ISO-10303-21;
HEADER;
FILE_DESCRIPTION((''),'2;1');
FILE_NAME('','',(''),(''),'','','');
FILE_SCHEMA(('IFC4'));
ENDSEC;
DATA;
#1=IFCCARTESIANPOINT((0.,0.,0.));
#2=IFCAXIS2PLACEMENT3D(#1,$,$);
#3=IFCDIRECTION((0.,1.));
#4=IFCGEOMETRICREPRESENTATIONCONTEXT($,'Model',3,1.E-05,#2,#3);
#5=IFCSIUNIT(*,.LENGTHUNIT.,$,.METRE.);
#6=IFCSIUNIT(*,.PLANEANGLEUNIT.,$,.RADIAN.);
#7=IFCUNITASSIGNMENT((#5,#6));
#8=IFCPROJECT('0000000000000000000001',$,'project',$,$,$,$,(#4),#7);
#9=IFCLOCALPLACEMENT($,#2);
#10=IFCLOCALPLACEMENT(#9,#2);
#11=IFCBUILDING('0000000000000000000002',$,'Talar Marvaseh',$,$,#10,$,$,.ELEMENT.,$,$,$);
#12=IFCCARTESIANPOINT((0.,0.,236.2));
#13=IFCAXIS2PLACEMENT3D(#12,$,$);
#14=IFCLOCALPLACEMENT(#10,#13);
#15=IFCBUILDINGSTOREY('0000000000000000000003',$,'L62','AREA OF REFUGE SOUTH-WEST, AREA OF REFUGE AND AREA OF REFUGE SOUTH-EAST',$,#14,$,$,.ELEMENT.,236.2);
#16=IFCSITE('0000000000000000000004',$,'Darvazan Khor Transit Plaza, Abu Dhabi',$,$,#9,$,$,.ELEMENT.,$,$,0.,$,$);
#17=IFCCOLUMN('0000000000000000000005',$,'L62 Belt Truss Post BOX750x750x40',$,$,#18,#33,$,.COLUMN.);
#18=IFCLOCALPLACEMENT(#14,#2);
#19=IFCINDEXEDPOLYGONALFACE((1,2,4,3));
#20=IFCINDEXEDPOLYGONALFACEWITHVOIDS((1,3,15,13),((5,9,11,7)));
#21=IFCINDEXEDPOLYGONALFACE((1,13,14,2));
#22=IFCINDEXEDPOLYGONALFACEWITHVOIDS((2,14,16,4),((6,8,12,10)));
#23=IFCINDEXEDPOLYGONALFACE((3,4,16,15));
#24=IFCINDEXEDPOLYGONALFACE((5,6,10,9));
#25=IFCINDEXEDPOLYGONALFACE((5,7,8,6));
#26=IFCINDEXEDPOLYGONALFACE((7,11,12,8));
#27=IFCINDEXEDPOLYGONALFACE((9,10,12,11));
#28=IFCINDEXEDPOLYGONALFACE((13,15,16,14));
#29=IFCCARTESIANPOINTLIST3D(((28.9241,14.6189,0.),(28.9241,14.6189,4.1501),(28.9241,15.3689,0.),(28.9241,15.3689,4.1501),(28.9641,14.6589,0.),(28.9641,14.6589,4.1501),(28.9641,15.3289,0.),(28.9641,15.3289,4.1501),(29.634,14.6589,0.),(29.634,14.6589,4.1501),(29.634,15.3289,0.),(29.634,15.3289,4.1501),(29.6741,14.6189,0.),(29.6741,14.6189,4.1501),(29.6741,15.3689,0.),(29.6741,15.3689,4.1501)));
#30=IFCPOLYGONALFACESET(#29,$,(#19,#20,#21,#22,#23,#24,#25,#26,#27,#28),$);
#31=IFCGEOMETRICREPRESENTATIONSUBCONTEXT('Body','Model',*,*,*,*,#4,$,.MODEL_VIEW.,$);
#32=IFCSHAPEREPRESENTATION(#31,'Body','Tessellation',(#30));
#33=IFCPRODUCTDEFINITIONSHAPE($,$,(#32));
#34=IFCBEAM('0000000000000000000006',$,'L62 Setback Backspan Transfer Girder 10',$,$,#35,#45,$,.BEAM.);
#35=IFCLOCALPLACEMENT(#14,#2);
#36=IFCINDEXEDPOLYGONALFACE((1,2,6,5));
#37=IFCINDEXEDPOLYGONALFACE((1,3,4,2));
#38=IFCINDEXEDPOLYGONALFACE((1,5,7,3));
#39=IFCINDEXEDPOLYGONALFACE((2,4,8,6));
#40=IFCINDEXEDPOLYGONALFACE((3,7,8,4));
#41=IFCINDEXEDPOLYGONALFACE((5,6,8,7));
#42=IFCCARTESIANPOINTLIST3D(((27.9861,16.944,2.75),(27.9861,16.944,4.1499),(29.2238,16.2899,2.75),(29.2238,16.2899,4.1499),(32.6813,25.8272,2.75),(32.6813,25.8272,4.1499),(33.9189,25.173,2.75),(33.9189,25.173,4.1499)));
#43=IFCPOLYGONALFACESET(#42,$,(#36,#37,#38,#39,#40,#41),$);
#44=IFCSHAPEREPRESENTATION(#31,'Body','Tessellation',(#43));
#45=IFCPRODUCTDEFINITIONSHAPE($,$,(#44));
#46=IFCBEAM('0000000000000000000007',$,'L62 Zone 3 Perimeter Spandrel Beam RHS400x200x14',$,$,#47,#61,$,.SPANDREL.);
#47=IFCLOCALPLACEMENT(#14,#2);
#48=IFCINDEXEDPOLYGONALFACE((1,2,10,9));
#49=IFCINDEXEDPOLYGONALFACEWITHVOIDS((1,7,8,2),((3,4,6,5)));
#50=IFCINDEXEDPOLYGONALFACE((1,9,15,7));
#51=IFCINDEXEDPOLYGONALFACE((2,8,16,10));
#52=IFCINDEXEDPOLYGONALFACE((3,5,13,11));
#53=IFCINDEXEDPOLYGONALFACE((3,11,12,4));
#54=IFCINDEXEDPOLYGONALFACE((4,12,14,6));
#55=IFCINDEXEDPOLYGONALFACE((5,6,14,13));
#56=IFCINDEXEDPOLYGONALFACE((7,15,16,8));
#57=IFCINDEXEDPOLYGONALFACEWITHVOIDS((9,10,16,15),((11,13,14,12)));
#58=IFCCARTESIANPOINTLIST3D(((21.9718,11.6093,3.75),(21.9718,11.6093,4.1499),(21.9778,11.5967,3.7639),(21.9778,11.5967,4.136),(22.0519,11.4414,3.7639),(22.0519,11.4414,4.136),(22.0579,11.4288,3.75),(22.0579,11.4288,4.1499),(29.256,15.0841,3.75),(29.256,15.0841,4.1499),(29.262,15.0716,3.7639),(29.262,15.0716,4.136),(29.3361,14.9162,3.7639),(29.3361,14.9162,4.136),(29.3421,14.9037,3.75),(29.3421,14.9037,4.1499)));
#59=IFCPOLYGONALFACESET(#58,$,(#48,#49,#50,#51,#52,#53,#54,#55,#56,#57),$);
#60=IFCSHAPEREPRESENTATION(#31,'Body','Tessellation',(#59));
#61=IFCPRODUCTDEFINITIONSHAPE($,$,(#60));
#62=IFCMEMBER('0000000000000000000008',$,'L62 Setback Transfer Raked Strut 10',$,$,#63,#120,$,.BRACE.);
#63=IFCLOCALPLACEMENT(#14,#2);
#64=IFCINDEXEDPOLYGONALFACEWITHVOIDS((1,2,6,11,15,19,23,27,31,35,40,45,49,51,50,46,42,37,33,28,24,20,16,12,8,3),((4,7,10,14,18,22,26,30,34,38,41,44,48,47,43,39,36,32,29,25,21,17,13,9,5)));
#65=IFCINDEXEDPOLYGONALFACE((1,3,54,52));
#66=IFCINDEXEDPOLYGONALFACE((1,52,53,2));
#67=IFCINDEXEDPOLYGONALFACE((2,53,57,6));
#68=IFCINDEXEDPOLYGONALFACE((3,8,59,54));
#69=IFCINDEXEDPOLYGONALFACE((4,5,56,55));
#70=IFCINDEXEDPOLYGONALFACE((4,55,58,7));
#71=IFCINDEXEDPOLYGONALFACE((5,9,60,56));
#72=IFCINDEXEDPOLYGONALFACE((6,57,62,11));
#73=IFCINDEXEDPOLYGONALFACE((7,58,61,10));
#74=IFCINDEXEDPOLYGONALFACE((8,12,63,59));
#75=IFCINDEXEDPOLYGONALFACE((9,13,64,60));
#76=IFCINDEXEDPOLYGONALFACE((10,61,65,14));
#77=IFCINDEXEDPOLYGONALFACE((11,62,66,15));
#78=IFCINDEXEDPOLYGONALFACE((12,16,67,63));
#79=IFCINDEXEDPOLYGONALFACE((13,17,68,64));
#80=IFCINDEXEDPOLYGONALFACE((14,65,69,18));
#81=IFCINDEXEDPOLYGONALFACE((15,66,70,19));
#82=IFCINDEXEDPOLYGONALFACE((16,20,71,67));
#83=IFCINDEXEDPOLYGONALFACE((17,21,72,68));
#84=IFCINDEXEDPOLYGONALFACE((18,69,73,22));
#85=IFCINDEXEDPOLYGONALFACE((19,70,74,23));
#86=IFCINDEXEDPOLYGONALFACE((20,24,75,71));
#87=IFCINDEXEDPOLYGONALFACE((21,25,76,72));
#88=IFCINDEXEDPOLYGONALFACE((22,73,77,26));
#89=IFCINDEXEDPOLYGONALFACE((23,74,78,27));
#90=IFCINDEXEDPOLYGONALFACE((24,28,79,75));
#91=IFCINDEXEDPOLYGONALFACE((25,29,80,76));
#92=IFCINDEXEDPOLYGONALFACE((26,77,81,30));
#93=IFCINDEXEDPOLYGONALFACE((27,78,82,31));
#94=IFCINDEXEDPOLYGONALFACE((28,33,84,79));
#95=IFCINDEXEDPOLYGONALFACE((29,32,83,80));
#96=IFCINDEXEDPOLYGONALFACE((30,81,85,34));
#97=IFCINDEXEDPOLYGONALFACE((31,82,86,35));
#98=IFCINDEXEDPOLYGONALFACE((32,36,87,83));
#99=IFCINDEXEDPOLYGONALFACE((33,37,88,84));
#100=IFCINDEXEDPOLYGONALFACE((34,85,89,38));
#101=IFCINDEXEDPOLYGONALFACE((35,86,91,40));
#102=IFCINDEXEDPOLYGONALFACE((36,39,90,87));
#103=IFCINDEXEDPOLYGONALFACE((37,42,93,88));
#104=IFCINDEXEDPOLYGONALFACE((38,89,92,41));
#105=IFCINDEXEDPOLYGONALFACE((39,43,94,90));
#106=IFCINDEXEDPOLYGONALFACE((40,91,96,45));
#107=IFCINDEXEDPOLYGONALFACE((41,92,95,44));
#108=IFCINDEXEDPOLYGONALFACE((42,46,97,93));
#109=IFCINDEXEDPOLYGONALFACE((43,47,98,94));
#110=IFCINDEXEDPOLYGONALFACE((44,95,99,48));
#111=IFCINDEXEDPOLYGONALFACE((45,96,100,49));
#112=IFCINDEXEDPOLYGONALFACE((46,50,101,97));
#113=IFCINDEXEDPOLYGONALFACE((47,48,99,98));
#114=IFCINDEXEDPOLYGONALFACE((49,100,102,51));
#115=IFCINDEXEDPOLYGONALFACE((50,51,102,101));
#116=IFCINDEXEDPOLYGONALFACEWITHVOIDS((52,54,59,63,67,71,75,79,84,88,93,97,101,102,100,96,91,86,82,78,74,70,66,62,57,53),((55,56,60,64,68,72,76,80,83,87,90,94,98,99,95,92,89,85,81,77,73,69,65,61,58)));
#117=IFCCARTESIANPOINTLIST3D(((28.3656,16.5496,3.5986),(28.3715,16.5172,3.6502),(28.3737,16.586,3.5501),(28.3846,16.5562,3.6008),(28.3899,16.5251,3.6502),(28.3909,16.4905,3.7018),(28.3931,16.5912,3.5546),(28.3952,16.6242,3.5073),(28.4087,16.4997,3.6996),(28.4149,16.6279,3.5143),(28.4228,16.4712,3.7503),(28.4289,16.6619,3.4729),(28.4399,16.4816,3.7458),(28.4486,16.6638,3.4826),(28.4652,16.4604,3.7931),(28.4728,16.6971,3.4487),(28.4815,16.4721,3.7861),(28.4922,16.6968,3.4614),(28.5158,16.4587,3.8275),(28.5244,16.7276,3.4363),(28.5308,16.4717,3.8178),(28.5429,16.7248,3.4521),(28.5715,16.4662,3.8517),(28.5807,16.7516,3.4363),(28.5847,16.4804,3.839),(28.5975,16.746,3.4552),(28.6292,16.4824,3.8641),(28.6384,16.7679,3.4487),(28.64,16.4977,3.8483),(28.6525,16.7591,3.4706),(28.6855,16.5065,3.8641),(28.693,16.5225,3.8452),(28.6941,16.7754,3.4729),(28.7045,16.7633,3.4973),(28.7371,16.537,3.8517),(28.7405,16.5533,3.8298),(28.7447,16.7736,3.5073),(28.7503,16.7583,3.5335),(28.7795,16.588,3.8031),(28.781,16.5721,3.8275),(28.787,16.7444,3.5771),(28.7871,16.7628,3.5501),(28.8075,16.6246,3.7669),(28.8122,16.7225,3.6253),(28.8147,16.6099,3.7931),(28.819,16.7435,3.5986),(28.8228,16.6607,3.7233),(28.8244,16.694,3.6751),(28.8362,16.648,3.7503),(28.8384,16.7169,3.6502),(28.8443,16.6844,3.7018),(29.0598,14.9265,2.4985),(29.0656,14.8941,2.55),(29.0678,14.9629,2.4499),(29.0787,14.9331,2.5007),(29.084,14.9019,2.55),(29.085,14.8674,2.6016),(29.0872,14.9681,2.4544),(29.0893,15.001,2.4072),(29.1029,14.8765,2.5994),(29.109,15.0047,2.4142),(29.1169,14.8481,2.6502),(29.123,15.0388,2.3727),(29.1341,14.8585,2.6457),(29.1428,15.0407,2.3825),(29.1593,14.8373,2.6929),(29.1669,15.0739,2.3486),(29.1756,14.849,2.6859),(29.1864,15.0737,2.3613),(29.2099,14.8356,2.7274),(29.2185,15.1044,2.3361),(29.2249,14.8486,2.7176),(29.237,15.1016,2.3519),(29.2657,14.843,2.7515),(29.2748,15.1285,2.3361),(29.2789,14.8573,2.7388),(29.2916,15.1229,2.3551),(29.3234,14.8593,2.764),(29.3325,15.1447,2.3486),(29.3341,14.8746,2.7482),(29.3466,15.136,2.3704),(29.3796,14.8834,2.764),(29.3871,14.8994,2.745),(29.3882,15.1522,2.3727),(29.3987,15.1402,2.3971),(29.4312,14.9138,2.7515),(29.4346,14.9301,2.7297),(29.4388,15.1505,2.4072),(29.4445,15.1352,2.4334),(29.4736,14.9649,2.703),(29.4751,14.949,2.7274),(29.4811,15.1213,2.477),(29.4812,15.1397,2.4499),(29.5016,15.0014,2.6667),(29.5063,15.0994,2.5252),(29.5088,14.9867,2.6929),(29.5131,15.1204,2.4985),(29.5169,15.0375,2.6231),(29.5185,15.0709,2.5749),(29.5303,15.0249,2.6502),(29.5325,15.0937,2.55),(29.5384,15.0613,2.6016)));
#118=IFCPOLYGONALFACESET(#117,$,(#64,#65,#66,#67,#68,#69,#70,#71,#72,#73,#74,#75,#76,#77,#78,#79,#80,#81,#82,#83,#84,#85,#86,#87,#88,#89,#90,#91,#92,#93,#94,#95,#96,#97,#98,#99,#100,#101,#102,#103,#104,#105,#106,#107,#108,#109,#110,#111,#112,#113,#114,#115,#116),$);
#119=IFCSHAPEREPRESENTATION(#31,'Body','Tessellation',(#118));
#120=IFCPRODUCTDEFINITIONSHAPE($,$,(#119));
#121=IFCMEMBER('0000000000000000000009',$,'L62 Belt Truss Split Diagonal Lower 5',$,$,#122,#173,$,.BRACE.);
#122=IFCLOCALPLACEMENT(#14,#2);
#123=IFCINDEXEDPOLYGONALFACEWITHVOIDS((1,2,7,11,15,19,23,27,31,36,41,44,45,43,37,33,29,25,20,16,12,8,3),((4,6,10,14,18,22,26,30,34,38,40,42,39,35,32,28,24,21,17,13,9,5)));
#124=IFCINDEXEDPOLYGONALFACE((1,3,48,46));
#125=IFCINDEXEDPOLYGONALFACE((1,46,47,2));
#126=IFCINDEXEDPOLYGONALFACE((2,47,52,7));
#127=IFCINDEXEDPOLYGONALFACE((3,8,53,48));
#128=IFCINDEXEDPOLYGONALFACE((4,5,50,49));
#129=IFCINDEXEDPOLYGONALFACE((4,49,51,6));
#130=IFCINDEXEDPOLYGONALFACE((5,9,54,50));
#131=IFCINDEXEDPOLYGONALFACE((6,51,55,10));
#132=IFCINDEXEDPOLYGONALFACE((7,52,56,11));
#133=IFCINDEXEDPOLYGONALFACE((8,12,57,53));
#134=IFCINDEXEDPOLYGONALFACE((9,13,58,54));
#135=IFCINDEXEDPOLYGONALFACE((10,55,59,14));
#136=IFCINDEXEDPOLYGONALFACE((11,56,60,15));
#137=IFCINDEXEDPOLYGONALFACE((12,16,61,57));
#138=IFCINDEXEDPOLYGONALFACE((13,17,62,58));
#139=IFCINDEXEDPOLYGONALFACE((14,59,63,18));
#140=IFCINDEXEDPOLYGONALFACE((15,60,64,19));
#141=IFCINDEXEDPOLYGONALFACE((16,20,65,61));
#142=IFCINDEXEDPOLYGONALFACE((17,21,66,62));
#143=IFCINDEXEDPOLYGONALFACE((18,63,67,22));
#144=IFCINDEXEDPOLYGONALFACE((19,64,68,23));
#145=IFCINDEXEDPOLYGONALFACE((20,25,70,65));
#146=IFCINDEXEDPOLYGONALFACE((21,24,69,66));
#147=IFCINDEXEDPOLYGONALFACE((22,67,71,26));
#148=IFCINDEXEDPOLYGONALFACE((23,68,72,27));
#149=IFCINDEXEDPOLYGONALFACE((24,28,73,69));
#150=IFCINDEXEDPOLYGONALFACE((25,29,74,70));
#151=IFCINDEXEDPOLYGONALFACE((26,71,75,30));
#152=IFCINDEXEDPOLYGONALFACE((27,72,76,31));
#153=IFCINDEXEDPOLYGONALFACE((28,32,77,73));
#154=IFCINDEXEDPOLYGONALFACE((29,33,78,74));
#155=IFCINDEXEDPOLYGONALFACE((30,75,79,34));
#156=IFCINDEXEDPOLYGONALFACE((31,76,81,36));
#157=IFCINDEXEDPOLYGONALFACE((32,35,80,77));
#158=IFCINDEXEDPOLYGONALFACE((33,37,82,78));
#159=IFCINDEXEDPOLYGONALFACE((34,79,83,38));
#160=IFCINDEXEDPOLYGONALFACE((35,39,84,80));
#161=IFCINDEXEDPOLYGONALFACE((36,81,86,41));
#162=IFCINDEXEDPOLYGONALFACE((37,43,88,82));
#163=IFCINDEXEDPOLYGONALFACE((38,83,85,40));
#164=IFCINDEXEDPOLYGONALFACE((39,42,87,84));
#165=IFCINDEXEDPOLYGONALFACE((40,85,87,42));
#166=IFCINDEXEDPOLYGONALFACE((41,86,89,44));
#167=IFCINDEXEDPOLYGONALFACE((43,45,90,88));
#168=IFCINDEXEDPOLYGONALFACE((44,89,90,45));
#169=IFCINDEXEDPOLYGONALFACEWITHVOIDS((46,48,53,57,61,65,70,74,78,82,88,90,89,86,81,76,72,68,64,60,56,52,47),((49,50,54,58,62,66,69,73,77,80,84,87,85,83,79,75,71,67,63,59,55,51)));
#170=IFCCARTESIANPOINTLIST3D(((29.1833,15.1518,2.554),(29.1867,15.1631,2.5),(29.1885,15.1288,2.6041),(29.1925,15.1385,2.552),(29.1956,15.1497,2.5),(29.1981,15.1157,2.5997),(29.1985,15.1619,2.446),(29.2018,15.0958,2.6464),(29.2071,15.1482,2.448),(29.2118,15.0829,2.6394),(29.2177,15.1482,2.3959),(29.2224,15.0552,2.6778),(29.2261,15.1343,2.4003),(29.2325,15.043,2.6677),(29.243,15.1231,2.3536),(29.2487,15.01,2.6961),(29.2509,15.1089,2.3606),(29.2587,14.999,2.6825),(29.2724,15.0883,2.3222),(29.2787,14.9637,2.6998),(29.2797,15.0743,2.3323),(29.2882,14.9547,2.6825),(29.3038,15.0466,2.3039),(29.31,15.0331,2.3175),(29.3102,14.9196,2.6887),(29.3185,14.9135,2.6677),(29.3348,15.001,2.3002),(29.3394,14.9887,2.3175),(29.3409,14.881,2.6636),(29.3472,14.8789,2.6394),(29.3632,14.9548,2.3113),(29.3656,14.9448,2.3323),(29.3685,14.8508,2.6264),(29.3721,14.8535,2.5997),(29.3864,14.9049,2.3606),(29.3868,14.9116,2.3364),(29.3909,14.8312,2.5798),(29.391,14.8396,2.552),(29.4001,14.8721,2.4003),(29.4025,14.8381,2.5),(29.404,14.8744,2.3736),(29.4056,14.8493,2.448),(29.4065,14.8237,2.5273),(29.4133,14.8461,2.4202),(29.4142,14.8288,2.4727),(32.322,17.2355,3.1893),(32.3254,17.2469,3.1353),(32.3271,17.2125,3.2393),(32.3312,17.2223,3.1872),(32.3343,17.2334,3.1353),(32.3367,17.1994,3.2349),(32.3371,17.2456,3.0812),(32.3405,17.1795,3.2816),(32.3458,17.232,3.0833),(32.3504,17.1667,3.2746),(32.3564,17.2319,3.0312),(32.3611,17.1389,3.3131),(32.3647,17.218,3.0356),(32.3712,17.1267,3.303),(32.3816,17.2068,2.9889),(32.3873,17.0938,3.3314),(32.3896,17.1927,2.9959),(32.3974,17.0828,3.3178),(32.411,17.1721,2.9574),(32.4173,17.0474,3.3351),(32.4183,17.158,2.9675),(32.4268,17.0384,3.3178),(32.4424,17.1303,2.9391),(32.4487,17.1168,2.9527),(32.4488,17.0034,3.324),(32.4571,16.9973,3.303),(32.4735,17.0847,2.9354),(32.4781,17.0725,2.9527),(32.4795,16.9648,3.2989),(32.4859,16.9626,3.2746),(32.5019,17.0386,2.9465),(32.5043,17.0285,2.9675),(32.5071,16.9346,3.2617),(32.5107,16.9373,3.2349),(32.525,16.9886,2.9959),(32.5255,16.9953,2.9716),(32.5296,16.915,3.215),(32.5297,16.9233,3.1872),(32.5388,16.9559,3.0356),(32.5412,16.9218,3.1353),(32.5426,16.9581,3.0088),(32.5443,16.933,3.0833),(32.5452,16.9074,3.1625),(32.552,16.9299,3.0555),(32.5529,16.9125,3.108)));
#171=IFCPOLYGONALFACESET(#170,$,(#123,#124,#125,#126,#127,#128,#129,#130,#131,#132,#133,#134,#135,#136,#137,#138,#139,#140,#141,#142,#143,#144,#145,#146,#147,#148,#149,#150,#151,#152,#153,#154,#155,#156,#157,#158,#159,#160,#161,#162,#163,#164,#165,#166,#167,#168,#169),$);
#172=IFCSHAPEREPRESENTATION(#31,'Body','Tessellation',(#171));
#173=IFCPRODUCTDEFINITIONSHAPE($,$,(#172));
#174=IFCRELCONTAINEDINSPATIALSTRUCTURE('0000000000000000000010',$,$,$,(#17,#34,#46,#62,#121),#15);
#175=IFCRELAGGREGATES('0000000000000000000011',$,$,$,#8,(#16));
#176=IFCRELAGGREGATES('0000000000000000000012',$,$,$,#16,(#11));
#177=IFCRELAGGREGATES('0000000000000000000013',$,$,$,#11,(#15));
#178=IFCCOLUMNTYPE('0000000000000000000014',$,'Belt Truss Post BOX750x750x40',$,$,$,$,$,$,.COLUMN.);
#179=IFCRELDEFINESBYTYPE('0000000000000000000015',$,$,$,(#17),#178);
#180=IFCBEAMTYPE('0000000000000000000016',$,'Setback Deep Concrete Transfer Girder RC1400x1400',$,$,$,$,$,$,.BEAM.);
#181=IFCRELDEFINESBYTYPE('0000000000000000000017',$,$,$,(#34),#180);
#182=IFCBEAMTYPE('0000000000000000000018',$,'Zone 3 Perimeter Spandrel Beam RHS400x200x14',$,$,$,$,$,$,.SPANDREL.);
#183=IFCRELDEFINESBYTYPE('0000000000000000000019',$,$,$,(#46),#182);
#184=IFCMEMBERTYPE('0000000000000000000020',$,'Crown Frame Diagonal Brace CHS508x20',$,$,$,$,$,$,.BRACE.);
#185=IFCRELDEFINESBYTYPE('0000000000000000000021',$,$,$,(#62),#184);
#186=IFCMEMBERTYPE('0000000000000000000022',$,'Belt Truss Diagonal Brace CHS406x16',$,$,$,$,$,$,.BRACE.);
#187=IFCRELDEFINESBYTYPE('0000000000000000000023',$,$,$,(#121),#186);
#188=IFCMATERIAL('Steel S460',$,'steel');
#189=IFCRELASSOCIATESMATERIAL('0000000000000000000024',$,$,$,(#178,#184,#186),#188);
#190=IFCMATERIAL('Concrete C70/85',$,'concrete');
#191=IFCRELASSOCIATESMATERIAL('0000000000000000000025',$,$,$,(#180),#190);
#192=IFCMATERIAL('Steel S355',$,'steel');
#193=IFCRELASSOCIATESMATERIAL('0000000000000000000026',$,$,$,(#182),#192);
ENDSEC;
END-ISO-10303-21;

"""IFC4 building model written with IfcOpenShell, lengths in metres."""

from ifc_helpers import new_model, si_unit, direction, frame, origin, origin_2d, place, context, subcontext, project, spatial, rectangle, hollow_rectangle, hollow_circle, extrude, source, transform, mapped, material, material_profile, profile_set, type_object, type_shapes, element, save


model = new_model("IFC4")

# Units and contexts
model_context = context("Model", 3, precision=1e-05, world=origin(), true_north=direction((0.0, 1.0)))
body_context = subcontext(model_context, "Body", "Model", "MODEL_VIEW")
ifc_project = project(units=[si_unit("LENGTHUNIT", "METRE"), si_unit("PLANEANGLEUNIT", "RADIAN")], contexts=[model_context])

# Site, building, storey
site_placement = place(None, origin())
site = spatial("IfcSite", under=ifc_project, at=site_placement, Name="Darvazan Khor Transit Plaza, Abu Dhabi", CompositionType="ELEMENT", RefElevation=0.0)
building_placement = place(site_placement, origin())
building = spatial("IfcBuilding", under=site, at=building_placement, Name="Talar Marvaseh", CompositionType="ELEMENT")
storey_placement = place(building_placement, frame((0.0, 0.0, 236.2)))
storey = spatial("IfcBuildingStorey", under=building, at=storey_placement, Name="L62", Description="AREA OF REFUGE SOUTH-WEST, AREA OF REFUGE AND AREA OF REFUGE SOUTH-EAST", CompositionType="ELEMENT", Elevation=236.2)

# Column
ifc_material_1 = material(Name="Steel S460", Category="steel")
ifc_material_profile_1 = material_profile(ifc_material_1, hollow_rectangle(XDim=0.75, YDim=0.75, WallThickness=0.04, at=origin_2d()), Name="BOX750x750x40")
ifc_profile_set_1 = profile_set([ifc_material_profile_1], Name="Steel S460")
column_type = type_object("IfcColumnType", Name="Belt Truss Post BOX750x750x40", PredefinedType="COLUMN", material=ifc_profile_set_1)
column_placement = place(storey_placement, frame((29.2991, 14.9939, 0.0), z_axis=(0.0, 0.0, 1.0), x_axis=(1.0, 0.0, 0.0)))
element("IfcColumn", 1, at=column_placement, inside=storey, type_object=column_type, Name="L62 Belt Truss Post BOX750x750x40", PredefinedType="COLUMN", context=body_context, shape_type="SweptSolid", body=[
    extrude(hollow_rectangle(XDim=0.75, YDim=0.75, WallThickness=0.04, at=origin_2d()), origin(), (0.0, 0.0, 1.0), 4.1501),
])

# Beams
ifc_material_2 = material(Name="Concrete C70/85", Category="concrete")
ifc_material_profile_2 = material_profile(ifc_material_2, rectangle(XDim=1.3999, YDim=1.3999, at=origin_2d()), Name="RC1400x1400")
ifc_profile_set_2 = profile_set([ifc_material_profile_2], Name="Concrete C70/85")
beam_type_1 = type_object("IfcBeamType", Name="Setback Deep Concrete Transfer Girder RC1400x1400", PredefinedType="BEAM", material=ifc_profile_set_2)
beam_1_placement = place(storey_placement, frame((28.605, 16.6169, 3.45), z_axis=(0.467287, 0.884106, 0.0), x_axis=(-0.884106, 0.467287, 0.0)))
element("IfcBeam", 2, at=beam_1_placement, inside=storey, type_object=beam_type_1, Name="L62 Setback Backspan Transfer Girder 10", PredefinedType="BEAM", context=body_context, shape_type="SweptSolid", body=[
    extrude(rectangle(XDim=1.3999, YDim=1.3999, at=origin_2d()), origin(), (0.0, 0.0, 1.0), 10.0476),
])
ifc_material_3 = material(Name="Steel S355", Category="steel")
ifc_material_profile_3 = material_profile(ifc_material_3, hollow_rectangle(XDim=0.2, YDim=0.3999, WallThickness=0.0139, at=origin_2d()), Name="RHS400x200x14")
ifc_profile_set_3 = profile_set([ifc_material_profile_3], Name="Steel S355")
beam_type_2 = type_object("IfcBeamType", Name="Zone 3 Perimeter Spandrel Beam RHS400x200x14", PredefinedType="SPANDREL", material=ifc_profile_set_3)
beam_2_placement = place(storey_placement, frame((29.2991, 14.9939, 3.95), z_axis=(-0.902562, -0.430559, 0.0), x_axis=(0.430559, -0.902562, 0.0)))
element("IfcBeam", 3, at=beam_2_placement, inside=storey, type_object=beam_type_2, Name="L62 Zone 3 Perimeter Spandrel Beam RHS400x200x14", PredefinedType="SPANDREL", context=body_context, shape_type="SweptSolid", body=[
    extrude(hollow_rectangle(XDim=0.2, YDim=0.3999, WallThickness=0.0139, at=origin_2d()), origin(), (0.0, 0.0, 1.0), 8.0706),
])

# Members
ifc_material_profile_4 = material_profile(ifc_material_1, hollow_circle(Radius=0.2539, WallThickness=0.02, at=origin_2d()), Name="CHS508x20")
ifc_profile_set_4 = profile_set([ifc_material_profile_4], Name="Steel S460")
member_type_1 = type_object("IfcMemberType", Name="Crown Frame Diagonal Brace CHS508x20", PredefinedType="BRACE", material=ifc_profile_set_4)
shared_shape_1 = source(origin(), body_context, "Body", "SweptSolid", [
    extrude(hollow_circle(Radius=0.2539, WallThickness=0.02, at=origin_2d()), origin(), (0.0, 0.0, 1.0), 2.0801),
])
type_shapes(member_type_1, [shared_shape_1])
member_1_placement = place(storey_placement, frame((29.2991, 14.9939, 2.55), z_axis=(-0.333703, 0.780324, 0.528902), x_axis=(-0.919452, -0.393201, 0.0)))
element("IfcMember", 4, at=member_1_placement, inside=storey, type_object=member_type_1, Name="L62 Setback Transfer Raked Strut 10", PredefinedType="BRACE", context=body_context, shape_type="MappedRepresentation", body=[
    mapped(shared_shape_1, transform((0.0, 0.0, 0.0), x_axis=(1.0, 0.0, 0.0), y_axis=(0.0, 1.0, 0.0), z_axis=(0.0, 0.0, 1.0), scale=1.0)),
])
ifc_material_profile_5 = material_profile(ifc_material_1, hollow_circle(Radius=0.2031, WallThickness=0.0161, at=origin_2d()), Name="CHS406x16")
ifc_profile_set_5 = profile_set([ifc_material_profile_5], Name="Steel S460")
member_type_2 = type_object("IfcMemberType", Name="Belt Truss Diagonal Brace CHS406x16", PredefinedType="BRACE", material=ifc_profile_set_5)
shared_shape_2 = source(origin(), body_context, "Body", "SweptSolid", [
    extrude(hollow_circle(Radius=0.2031, WallThickness=0.0161, at=origin_2d()), origin(), (0.0, 0.0, 1.0), 3.8206),
])
member_2_placement = place(storey_placement, frame((29.2991, 14.9939, 2.5), z_axis=(0.821519, 0.5454, 0.166272), x_axis=(-0.553099, 0.833116, 0.0)))
element("IfcMember", 5, at=member_2_placement, inside=storey, type_object=member_type_2, Name="L62 Belt Truss Split Diagonal Lower 5", PredefinedType="BRACE", context=body_context, shape_type="MappedRepresentation", body=[
    mapped(shared_shape_2, transform((0.0, 0.0, 0.0), x_axis=(1.0, 0.0, 0.0), y_axis=(0.0, 1.0, 0.0), z_axis=(0.0, 0.0, 1.0), scale=1.0)),
])

save(model, "model.ifc")
